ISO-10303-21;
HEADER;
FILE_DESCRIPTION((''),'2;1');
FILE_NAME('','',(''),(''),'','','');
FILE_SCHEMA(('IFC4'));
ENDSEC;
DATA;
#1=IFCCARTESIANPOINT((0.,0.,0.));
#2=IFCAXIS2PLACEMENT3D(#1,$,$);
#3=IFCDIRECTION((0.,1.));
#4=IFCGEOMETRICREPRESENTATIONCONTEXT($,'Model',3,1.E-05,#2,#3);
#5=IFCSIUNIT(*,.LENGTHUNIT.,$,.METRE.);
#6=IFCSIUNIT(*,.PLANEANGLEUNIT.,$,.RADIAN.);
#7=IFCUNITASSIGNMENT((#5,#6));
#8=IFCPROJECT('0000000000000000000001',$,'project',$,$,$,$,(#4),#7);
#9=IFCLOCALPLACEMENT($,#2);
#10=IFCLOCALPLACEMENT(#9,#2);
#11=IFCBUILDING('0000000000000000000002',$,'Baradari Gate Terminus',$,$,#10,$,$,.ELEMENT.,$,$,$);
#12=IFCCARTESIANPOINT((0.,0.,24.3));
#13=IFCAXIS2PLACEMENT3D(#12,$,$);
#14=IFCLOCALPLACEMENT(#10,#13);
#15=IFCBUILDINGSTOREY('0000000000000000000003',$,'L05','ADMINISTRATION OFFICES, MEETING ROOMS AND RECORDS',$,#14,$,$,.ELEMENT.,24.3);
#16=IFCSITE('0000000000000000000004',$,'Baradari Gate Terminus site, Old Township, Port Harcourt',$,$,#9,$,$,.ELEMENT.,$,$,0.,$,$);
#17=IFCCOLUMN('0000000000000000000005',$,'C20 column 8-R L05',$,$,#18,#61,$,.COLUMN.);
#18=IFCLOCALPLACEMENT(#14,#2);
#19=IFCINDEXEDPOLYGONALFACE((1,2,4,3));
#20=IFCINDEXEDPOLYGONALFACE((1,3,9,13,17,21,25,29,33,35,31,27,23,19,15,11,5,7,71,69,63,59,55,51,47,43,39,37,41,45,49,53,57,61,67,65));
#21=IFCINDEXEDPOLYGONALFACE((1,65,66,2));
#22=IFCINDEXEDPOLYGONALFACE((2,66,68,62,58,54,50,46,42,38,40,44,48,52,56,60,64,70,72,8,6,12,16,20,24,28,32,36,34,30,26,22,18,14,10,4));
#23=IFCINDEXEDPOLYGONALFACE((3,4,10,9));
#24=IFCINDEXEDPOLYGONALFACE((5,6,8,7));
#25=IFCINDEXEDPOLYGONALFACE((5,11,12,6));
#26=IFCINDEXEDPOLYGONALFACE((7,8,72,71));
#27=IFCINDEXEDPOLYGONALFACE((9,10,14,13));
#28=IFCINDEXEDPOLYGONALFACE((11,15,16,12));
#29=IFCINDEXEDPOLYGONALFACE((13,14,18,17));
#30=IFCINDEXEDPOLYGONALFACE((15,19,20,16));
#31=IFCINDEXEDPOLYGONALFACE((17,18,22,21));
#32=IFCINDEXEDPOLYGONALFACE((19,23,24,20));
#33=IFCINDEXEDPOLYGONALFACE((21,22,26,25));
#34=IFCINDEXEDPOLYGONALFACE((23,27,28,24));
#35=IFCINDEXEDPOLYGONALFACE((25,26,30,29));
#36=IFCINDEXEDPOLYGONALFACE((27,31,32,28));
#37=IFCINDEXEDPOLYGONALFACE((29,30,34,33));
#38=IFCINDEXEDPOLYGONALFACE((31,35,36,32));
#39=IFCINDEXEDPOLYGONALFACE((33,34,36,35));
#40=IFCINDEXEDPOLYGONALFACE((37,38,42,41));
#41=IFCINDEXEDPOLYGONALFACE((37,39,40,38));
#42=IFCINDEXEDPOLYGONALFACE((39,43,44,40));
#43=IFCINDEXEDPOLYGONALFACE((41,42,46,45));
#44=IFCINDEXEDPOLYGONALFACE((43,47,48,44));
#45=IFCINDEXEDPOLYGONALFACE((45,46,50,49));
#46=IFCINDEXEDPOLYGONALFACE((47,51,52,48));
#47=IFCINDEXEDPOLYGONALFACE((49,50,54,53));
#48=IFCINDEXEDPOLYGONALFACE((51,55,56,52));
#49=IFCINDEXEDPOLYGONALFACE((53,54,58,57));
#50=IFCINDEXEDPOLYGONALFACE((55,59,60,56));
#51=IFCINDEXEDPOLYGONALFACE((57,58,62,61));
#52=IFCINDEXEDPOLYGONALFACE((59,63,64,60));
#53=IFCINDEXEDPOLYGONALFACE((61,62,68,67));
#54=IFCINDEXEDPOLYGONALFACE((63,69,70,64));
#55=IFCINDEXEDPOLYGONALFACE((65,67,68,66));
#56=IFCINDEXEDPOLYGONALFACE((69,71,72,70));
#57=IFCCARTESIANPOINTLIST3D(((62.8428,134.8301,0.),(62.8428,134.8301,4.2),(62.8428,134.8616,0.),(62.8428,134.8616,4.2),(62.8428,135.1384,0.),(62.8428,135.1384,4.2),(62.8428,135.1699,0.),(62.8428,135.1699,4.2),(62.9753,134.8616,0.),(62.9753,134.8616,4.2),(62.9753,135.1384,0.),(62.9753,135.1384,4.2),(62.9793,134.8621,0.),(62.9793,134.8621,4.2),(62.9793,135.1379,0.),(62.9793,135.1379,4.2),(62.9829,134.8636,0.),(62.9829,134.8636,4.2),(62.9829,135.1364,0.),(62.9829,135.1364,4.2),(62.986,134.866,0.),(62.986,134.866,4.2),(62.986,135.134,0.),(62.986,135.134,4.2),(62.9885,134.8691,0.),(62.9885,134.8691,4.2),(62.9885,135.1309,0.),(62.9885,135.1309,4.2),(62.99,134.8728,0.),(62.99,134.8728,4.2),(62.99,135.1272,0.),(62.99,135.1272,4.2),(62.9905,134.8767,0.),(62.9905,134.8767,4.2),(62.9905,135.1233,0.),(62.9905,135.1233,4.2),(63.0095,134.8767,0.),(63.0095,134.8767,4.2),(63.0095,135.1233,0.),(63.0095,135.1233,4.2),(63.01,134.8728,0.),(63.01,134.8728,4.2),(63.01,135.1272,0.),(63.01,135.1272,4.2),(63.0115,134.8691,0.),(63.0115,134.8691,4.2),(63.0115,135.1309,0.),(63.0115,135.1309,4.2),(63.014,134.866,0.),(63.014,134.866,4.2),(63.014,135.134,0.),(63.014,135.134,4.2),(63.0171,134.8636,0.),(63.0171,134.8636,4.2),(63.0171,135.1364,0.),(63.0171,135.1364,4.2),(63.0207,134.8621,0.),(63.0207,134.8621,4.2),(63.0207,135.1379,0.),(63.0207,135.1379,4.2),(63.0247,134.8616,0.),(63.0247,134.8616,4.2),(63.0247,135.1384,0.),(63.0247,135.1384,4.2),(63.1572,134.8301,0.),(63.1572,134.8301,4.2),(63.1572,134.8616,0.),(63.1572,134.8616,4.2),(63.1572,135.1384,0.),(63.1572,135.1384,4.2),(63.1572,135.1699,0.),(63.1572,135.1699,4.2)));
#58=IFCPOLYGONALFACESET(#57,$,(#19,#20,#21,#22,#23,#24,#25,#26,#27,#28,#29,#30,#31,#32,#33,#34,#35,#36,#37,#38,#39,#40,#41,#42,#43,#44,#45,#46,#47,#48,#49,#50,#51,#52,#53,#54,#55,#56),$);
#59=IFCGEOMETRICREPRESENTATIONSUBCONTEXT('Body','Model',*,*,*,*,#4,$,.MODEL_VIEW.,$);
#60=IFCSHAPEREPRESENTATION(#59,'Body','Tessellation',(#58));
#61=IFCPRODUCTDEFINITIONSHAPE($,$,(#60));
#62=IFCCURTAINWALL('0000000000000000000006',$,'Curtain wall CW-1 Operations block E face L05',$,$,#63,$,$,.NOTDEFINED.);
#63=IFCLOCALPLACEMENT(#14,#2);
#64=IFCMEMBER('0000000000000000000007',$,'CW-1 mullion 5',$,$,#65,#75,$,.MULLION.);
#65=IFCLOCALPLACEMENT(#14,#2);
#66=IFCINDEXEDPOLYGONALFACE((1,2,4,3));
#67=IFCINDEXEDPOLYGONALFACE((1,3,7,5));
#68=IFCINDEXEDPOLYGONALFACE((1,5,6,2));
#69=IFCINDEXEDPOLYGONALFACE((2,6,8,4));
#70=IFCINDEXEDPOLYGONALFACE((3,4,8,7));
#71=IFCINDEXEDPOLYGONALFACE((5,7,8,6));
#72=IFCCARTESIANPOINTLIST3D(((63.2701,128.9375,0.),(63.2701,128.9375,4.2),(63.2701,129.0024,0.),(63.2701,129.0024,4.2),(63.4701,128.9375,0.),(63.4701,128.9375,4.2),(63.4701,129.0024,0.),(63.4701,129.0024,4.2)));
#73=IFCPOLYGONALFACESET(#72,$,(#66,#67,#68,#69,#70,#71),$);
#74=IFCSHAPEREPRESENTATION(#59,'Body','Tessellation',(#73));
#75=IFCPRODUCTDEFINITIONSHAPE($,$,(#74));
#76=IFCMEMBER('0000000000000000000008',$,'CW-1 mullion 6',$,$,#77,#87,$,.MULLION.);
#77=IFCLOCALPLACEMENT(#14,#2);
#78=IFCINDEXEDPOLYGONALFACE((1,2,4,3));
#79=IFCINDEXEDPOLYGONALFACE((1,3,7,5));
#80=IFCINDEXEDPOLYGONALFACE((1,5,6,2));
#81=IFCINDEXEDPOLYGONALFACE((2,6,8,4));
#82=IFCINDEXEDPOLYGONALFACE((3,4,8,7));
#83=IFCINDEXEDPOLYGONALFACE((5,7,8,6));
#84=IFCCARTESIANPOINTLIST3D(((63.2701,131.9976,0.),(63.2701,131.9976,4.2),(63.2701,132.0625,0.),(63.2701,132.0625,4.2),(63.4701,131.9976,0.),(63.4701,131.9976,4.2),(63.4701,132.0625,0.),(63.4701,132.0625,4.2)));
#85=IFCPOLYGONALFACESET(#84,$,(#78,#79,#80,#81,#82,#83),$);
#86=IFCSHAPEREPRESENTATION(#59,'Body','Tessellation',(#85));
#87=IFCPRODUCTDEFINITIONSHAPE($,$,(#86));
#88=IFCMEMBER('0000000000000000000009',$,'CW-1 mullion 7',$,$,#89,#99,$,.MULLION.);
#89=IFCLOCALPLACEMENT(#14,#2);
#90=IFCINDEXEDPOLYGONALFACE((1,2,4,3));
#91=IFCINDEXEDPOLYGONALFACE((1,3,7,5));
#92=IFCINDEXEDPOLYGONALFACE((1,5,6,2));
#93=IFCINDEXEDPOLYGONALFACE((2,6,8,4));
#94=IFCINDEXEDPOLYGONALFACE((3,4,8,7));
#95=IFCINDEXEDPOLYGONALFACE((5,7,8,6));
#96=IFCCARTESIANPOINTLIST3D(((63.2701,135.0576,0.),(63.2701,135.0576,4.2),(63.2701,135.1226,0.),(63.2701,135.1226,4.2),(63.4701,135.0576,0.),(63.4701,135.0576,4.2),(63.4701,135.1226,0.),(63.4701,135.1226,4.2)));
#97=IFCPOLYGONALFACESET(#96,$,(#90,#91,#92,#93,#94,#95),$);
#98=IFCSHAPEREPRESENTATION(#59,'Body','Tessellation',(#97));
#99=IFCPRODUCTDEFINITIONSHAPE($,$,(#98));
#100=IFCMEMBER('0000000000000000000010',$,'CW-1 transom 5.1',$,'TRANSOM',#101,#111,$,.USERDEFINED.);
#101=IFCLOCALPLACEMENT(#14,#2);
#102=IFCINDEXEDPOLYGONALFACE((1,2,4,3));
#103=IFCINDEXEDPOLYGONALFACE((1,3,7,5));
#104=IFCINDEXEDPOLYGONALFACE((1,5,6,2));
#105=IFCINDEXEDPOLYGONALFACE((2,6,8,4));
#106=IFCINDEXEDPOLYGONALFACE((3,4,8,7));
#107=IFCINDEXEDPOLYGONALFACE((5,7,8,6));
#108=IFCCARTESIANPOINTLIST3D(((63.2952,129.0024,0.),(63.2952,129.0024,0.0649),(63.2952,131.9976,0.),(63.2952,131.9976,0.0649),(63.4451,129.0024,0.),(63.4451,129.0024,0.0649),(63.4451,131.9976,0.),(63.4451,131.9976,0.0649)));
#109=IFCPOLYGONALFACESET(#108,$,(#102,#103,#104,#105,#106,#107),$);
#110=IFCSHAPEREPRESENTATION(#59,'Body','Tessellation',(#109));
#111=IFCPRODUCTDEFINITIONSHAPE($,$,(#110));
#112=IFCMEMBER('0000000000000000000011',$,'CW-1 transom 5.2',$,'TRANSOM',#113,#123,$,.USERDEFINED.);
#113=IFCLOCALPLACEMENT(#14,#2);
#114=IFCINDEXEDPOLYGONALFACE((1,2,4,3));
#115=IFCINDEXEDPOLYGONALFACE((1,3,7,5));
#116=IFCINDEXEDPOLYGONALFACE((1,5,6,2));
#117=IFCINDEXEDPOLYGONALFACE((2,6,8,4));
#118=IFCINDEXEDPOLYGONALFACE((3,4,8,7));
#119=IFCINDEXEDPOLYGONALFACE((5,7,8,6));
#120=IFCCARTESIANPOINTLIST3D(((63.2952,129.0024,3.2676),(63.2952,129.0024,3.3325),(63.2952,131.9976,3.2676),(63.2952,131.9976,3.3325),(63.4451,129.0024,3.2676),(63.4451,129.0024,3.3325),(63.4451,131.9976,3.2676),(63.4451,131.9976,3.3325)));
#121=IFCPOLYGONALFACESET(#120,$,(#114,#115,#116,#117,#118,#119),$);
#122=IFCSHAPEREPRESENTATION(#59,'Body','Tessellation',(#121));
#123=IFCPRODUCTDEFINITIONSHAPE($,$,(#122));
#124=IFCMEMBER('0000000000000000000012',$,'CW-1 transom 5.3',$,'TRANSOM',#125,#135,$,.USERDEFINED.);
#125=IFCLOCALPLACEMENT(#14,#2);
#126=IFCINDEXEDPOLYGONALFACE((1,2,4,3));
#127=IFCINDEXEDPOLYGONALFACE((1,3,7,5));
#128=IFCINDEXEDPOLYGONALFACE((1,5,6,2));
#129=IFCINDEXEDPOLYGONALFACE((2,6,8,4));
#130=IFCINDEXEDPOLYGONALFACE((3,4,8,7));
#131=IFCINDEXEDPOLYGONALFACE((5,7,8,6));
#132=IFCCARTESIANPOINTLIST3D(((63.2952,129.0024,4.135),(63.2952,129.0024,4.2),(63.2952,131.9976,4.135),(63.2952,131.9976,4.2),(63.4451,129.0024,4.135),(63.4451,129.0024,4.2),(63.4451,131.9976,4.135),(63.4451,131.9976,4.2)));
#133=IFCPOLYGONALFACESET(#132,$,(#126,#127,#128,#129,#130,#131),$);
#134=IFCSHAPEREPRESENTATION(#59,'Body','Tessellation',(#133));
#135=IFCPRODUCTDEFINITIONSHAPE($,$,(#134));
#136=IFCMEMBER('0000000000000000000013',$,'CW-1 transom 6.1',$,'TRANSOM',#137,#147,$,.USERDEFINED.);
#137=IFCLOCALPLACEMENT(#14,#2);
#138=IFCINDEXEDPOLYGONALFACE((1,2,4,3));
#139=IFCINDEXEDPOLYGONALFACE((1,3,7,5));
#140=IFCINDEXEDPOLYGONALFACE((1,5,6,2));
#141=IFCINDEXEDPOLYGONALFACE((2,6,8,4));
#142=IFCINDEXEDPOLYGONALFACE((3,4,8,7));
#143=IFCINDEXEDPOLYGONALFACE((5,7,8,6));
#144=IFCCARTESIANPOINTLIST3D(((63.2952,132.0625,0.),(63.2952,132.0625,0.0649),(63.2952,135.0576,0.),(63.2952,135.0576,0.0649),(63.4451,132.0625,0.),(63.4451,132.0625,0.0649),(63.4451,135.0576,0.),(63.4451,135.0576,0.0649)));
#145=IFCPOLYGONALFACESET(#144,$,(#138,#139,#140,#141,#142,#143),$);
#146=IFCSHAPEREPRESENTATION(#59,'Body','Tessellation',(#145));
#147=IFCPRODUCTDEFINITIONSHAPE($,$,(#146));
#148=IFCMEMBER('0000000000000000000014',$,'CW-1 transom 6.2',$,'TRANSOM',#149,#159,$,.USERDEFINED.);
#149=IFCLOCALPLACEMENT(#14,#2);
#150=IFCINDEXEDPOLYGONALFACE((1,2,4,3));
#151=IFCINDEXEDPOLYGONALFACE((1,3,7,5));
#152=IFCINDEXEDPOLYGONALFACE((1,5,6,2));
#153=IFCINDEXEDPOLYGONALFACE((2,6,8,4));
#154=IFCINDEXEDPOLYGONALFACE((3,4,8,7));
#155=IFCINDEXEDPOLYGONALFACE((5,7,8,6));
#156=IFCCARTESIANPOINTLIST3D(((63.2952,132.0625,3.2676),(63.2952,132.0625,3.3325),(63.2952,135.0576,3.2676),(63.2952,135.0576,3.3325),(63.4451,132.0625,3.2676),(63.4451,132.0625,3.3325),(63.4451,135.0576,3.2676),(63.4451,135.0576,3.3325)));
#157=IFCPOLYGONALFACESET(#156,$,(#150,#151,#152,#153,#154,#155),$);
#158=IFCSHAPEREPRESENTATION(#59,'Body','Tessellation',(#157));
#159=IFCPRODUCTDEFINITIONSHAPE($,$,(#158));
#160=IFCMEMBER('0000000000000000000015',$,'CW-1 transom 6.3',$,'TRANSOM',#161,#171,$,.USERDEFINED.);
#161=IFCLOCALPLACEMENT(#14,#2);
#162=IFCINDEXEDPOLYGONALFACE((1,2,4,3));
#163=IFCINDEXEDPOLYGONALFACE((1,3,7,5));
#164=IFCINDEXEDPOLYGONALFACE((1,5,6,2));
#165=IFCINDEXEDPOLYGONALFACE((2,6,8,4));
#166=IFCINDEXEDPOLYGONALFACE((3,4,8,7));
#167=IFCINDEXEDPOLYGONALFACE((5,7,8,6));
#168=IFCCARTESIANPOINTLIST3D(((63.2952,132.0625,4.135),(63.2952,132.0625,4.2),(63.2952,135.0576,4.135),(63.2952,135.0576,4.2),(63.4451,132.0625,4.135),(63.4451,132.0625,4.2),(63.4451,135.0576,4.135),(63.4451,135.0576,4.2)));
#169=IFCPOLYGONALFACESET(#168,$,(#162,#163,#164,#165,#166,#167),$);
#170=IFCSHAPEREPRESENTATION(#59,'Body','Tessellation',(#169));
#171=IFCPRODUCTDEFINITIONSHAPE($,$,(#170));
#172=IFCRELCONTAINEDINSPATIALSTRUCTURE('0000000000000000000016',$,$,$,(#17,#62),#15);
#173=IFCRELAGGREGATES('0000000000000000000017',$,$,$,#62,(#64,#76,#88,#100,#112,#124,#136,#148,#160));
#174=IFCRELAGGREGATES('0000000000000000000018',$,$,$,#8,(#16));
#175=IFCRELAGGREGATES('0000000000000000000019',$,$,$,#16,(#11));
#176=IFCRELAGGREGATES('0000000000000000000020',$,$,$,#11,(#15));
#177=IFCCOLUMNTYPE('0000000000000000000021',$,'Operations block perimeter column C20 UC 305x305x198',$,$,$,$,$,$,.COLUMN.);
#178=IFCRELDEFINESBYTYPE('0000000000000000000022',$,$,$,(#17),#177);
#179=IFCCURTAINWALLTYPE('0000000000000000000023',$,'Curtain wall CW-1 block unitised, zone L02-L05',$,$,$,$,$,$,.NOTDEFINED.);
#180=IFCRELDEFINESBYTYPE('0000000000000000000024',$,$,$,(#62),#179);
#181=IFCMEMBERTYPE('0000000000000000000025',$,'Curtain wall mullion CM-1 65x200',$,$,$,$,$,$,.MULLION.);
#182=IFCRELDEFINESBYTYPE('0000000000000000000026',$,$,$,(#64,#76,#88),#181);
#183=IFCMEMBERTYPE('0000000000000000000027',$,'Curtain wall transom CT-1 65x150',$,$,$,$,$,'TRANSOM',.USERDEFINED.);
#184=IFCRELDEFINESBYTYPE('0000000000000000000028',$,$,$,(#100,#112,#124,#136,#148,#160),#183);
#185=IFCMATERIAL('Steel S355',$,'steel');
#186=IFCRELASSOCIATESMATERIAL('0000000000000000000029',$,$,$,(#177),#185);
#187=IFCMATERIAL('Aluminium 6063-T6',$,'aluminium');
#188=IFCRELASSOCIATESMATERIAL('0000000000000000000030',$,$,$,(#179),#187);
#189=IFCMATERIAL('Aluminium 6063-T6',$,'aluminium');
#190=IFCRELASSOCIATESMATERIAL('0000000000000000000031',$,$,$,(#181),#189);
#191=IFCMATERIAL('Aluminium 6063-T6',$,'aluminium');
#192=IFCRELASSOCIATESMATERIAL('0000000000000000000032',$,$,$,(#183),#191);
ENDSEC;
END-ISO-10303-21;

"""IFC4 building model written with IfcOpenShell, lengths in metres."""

from ifc_helpers import new_model, si_unit, direction, frame, origin, origin_2d, place, context, subcontext, project, spatial, rectangle, i_section, extrude, material, material_profile, profile_set, type_object, element, aggregate, save


model = new_model("IFC4")

# Units and contexts
model_context = context("Model", 3, precision=1e-05, world=origin(), true_north=direction((0.0, 1.0)))
body_context = subcontext(model_context, "Body", "Model", "MODEL_VIEW")
ifc_project = project(units=[si_unit("LENGTHUNIT", "METRE"), si_unit("PLANEANGLEUNIT", "RADIAN")], contexts=[model_context])

# Site, building, storey
site_placement = place(None, origin())
site = spatial("IfcSite", under=ifc_project, at=site_placement, Name="Baradari Gate Terminus site, Old Township, Port Harcourt", CompositionType="ELEMENT", RefElevation=0.0)
building_placement = place(site_placement, origin())
building = spatial("IfcBuilding", under=site, at=building_placement, Name="Baradari Gate Terminus", CompositionType="ELEMENT")
storey_placement = place(building_placement, frame((0.0, 0.0, 24.3)))
storey = spatial("IfcBuildingStorey", under=building, at=storey_placement, Name="L05", Description="ADMINISTRATION OFFICES, MEETING ROOMS AND RECORDS", CompositionType="ELEMENT", Elevation=24.3)

# Column
ifc_material_1 = material(Name="Steel S355", Category="steel")
ifc_material_profile_1 = material_profile(ifc_material_1, i_section(OverallWidth=0.3145, OverallDepth=0.3398, WebThickness=0.019, FlangeThickness=0.0315, FilletRadius=0.0151, at=origin_2d()), Name="UC 305x305x198")
ifc_profile_set_1 = profile_set([ifc_material_profile_1], Name="Steel S355")
column_type = type_object("IfcColumnType", Name="Operations block perimeter column C20 UC 305x305x198", PredefinedType="COLUMN", material=ifc_profile_set_1)
column_placement = place(storey_placement, frame((63.0, 135.0, 0.0), z_axis=(0.0, 0.0, 1.0), x_axis=(1.0, 0.0, 0.0)))
element("IfcColumn", 1, at=column_placement, inside=storey, type_object=column_type, Name="C20 column 8-R L05", PredefinedType="COLUMN", context=body_context, shape_type="SweptSolid", body=[
    extrude(i_section(OverallWidth=0.3145, OverallDepth=0.3398, WebThickness=0.019, FlangeThickness=0.0315, FilletRadius=0.0151, at=origin_2d()), origin(), (0.0, 0.0, 1.0), 4.2),
])

# Curtain wall, members
ifc_material_2 = material(Name="Aluminium 6063-T6", Category="aluminium")
curtain_wall_type = type_object("IfcCurtainWallType", Name="Curtain wall CW-1 block unitised, zone L02-L05", PredefinedType="NOTDEFINED", material=ifc_material_2)
curtain_wall_placement = place(storey_placement, origin())
curtain_wall = element("IfcCurtainWall", 2, at=curtain_wall_placement, inside=storey, type_object=curtain_wall_type, Name="Curtain wall CW-1 Operations block E face L05", PredefinedType="NOTDEFINED")
ifc_material_3 = material(Name="Aluminium 6063-T6", Category="aluminium")
ifc_material_profile_2 = material_profile(ifc_material_3, rectangle(XDim=0.2, YDim=0.0649, at=origin_2d()), Name="CM-1 65X200")
ifc_profile_set_2 = profile_set([ifc_material_profile_2], Name="Aluminium 6063-T6")
member_type_1 = type_object("IfcMemberType", Name="Curtain wall mullion CM-1 65x200", PredefinedType="MULLION", material=ifc_profile_set_2)
member_1_placement = place(storey_placement, frame((63.3701, 128.97, 0.0), z_axis=(0.0, 0.0, 1.0), x_axis=(-1.0, 0.0, 0.0)))
member_1 = element("IfcMember", 3, at=member_1_placement, type_object=member_type_1, Name="CW-1 mullion 5", PredefinedType="MULLION", context=body_context, shape_type="SweptSolid", body=[
    extrude(rectangle(XDim=0.2, YDim=0.0649, at=origin_2d()), origin(), (0.0, 0.0, 1.0), 4.2),
])
member_2_placement = place(storey_placement, frame((63.3701, 132.03, 0.0), z_axis=(0.0, 0.0, 1.0), x_axis=(-1.0, 0.0, 0.0)))
member_2 = element("IfcMember", 4, at=member_2_placement, type_object=member_type_1, Name="CW-1 mullion 6", PredefinedType="MULLION", context=body_context, shape_type="SweptSolid", body=[
    extrude(rectangle(XDim=0.2, YDim=0.0649, at=origin_2d()), origin(), (0.0, 0.0, 1.0), 4.2),
])
member_3_placement = place(storey_placement, frame((63.3701, 135.0901, 0.0), z_axis=(0.0, 0.0, 1.0), x_axis=(-1.0, 0.0, 0.0)))
member_3 = element("IfcMember", 5, at=member_3_placement, type_object=member_type_1, Name="CW-1 mullion 7", PredefinedType="MULLION", context=body_context, shape_type="SweptSolid", body=[
    extrude(rectangle(XDim=0.2, YDim=0.0649, at=origin_2d()), origin(), (0.0, 0.0, 1.0), 4.2),
])
ifc_material_4 = material(Name="Aluminium 6063-T6", Category="aluminium")
ifc_material_profile_3 = material_profile(ifc_material_4, rectangle(XDim=0.1499, YDim=0.0649, at=origin_2d()), Name="CT-1 65X150")
ifc_profile_set_3 = profile_set([ifc_material_profile_3], Name="Aluminium 6063-T6")
member_type_2 = type_object("IfcMemberType", Name="Curtain wall transom CT-1 65x150", ElementType="TRANSOM", PredefinedType="USERDEFINED", material=ifc_profile_set_3)
member_4_placement = place(storey_placement, frame((63.3701, 129.0024, 0.0325), z_axis=(0.0, 1.0, 0.0), x_axis=(-1.0, 0.0, 0.0)))
member_4 = element("IfcMember", 6, at=member_4_placement, type_object=member_type_2, Name="CW-1 transom 5.1", ObjectType="TRANSOM", PredefinedType="USERDEFINED", context=body_context, shape_type="SweptSolid", body=[
    extrude(rectangle(XDim=0.1499, YDim=0.0649, at=origin_2d()), origin(), (0.0, 0.0, 1.0), 2.9951),
])
member_5_placement = place(storey_placement, frame((63.3701, 129.0024, 3.3), z_axis=(0.0, 1.0, 0.0), x_axis=(-1.0, 0.0, 0.0)))
member_5 = element("IfcMember", 7, at=member_5_placement, type_object=member_type_2, Name="CW-1 transom 5.2", ObjectType="TRANSOM", PredefinedType="USERDEFINED", context=body_context, shape_type="SweptSolid", body=[
    extrude(rectangle(XDim=0.1499, YDim=0.0649, at=origin_2d()), origin(), (0.0, 0.0, 1.0), 2.9951),
])
member_6_placement = place(storey_placement, frame((63.3701, 129.0024, 4.1675), z_axis=(0.0, 1.0, 0.0), x_axis=(-1.0, 0.0, 0.0)))
member_6 = element("IfcMember", 8, at=member_6_placement, type_object=member_type_2, Name="CW-1 transom 5.3", ObjectType="TRANSOM", PredefinedType="USERDEFINED", context=body_context, shape_type="SweptSolid", body=[
    extrude(rectangle(XDim=0.1499, YDim=0.0649, at=origin_2d()), origin(), (0.0, 0.0, 1.0), 2.9951),
])
member_7_placement = place(storey_placement, frame((63.3701, 132.0625, 0.0325), z_axis=(0.0, 1.0, 0.0), x_axis=(-1.0, 0.0, 0.0)))
member_7 = element("IfcMember", 9, at=member_7_placement, type_object=member_type_2, Name="CW-1 transom 6.1", ObjectType="TRANSOM", PredefinedType="USERDEFINED", context=body_context, shape_type="SweptSolid", body=[
    extrude(rectangle(XDim=0.1499, YDim=0.0649, at=origin_2d()), origin(), (0.0, 0.0, 1.0), 2.9951),
])
member_8_placement = place(storey_placement, frame((63.3701, 132.0625, 3.3), z_axis=(0.0, 1.0, 0.0), x_axis=(-1.0, 0.0, 0.0)))
member_8 = element("IfcMember", 10, at=member_8_placement, type_object=member_type_2, Name="CW-1 transom 6.2", ObjectType="TRANSOM", PredefinedType="USERDEFINED", context=body_context, shape_type="SweptSolid", body=[
    extrude(rectangle(XDim=0.1499, YDim=0.0649, at=origin_2d()), origin(), (0.0, 0.0, 1.0), 2.9951),
])
member_9_placement = place(storey_placement, frame((63.3701, 132.0625, 4.1675), z_axis=(0.0, 1.0, 0.0), x_axis=(-1.0, 0.0, 0.0)))
member_9 = element("IfcMember", 11, at=member_9_placement, type_object=member_type_2, Name="CW-1 transom 6.3", ObjectType="TRANSOM", PredefinedType="USERDEFINED", context=body_context, shape_type="SweptSolid", body=[
    extrude(rectangle(XDim=0.1499, YDim=0.0649, at=origin_2d()), origin(), (0.0, 0.0, 1.0), 2.9951),
])

aggregate(curtain_wall, [member_1, member_2, member_3, member_4, member_5, member_6, member_7, member_8, member_9])

save(model, "model.ifc")
